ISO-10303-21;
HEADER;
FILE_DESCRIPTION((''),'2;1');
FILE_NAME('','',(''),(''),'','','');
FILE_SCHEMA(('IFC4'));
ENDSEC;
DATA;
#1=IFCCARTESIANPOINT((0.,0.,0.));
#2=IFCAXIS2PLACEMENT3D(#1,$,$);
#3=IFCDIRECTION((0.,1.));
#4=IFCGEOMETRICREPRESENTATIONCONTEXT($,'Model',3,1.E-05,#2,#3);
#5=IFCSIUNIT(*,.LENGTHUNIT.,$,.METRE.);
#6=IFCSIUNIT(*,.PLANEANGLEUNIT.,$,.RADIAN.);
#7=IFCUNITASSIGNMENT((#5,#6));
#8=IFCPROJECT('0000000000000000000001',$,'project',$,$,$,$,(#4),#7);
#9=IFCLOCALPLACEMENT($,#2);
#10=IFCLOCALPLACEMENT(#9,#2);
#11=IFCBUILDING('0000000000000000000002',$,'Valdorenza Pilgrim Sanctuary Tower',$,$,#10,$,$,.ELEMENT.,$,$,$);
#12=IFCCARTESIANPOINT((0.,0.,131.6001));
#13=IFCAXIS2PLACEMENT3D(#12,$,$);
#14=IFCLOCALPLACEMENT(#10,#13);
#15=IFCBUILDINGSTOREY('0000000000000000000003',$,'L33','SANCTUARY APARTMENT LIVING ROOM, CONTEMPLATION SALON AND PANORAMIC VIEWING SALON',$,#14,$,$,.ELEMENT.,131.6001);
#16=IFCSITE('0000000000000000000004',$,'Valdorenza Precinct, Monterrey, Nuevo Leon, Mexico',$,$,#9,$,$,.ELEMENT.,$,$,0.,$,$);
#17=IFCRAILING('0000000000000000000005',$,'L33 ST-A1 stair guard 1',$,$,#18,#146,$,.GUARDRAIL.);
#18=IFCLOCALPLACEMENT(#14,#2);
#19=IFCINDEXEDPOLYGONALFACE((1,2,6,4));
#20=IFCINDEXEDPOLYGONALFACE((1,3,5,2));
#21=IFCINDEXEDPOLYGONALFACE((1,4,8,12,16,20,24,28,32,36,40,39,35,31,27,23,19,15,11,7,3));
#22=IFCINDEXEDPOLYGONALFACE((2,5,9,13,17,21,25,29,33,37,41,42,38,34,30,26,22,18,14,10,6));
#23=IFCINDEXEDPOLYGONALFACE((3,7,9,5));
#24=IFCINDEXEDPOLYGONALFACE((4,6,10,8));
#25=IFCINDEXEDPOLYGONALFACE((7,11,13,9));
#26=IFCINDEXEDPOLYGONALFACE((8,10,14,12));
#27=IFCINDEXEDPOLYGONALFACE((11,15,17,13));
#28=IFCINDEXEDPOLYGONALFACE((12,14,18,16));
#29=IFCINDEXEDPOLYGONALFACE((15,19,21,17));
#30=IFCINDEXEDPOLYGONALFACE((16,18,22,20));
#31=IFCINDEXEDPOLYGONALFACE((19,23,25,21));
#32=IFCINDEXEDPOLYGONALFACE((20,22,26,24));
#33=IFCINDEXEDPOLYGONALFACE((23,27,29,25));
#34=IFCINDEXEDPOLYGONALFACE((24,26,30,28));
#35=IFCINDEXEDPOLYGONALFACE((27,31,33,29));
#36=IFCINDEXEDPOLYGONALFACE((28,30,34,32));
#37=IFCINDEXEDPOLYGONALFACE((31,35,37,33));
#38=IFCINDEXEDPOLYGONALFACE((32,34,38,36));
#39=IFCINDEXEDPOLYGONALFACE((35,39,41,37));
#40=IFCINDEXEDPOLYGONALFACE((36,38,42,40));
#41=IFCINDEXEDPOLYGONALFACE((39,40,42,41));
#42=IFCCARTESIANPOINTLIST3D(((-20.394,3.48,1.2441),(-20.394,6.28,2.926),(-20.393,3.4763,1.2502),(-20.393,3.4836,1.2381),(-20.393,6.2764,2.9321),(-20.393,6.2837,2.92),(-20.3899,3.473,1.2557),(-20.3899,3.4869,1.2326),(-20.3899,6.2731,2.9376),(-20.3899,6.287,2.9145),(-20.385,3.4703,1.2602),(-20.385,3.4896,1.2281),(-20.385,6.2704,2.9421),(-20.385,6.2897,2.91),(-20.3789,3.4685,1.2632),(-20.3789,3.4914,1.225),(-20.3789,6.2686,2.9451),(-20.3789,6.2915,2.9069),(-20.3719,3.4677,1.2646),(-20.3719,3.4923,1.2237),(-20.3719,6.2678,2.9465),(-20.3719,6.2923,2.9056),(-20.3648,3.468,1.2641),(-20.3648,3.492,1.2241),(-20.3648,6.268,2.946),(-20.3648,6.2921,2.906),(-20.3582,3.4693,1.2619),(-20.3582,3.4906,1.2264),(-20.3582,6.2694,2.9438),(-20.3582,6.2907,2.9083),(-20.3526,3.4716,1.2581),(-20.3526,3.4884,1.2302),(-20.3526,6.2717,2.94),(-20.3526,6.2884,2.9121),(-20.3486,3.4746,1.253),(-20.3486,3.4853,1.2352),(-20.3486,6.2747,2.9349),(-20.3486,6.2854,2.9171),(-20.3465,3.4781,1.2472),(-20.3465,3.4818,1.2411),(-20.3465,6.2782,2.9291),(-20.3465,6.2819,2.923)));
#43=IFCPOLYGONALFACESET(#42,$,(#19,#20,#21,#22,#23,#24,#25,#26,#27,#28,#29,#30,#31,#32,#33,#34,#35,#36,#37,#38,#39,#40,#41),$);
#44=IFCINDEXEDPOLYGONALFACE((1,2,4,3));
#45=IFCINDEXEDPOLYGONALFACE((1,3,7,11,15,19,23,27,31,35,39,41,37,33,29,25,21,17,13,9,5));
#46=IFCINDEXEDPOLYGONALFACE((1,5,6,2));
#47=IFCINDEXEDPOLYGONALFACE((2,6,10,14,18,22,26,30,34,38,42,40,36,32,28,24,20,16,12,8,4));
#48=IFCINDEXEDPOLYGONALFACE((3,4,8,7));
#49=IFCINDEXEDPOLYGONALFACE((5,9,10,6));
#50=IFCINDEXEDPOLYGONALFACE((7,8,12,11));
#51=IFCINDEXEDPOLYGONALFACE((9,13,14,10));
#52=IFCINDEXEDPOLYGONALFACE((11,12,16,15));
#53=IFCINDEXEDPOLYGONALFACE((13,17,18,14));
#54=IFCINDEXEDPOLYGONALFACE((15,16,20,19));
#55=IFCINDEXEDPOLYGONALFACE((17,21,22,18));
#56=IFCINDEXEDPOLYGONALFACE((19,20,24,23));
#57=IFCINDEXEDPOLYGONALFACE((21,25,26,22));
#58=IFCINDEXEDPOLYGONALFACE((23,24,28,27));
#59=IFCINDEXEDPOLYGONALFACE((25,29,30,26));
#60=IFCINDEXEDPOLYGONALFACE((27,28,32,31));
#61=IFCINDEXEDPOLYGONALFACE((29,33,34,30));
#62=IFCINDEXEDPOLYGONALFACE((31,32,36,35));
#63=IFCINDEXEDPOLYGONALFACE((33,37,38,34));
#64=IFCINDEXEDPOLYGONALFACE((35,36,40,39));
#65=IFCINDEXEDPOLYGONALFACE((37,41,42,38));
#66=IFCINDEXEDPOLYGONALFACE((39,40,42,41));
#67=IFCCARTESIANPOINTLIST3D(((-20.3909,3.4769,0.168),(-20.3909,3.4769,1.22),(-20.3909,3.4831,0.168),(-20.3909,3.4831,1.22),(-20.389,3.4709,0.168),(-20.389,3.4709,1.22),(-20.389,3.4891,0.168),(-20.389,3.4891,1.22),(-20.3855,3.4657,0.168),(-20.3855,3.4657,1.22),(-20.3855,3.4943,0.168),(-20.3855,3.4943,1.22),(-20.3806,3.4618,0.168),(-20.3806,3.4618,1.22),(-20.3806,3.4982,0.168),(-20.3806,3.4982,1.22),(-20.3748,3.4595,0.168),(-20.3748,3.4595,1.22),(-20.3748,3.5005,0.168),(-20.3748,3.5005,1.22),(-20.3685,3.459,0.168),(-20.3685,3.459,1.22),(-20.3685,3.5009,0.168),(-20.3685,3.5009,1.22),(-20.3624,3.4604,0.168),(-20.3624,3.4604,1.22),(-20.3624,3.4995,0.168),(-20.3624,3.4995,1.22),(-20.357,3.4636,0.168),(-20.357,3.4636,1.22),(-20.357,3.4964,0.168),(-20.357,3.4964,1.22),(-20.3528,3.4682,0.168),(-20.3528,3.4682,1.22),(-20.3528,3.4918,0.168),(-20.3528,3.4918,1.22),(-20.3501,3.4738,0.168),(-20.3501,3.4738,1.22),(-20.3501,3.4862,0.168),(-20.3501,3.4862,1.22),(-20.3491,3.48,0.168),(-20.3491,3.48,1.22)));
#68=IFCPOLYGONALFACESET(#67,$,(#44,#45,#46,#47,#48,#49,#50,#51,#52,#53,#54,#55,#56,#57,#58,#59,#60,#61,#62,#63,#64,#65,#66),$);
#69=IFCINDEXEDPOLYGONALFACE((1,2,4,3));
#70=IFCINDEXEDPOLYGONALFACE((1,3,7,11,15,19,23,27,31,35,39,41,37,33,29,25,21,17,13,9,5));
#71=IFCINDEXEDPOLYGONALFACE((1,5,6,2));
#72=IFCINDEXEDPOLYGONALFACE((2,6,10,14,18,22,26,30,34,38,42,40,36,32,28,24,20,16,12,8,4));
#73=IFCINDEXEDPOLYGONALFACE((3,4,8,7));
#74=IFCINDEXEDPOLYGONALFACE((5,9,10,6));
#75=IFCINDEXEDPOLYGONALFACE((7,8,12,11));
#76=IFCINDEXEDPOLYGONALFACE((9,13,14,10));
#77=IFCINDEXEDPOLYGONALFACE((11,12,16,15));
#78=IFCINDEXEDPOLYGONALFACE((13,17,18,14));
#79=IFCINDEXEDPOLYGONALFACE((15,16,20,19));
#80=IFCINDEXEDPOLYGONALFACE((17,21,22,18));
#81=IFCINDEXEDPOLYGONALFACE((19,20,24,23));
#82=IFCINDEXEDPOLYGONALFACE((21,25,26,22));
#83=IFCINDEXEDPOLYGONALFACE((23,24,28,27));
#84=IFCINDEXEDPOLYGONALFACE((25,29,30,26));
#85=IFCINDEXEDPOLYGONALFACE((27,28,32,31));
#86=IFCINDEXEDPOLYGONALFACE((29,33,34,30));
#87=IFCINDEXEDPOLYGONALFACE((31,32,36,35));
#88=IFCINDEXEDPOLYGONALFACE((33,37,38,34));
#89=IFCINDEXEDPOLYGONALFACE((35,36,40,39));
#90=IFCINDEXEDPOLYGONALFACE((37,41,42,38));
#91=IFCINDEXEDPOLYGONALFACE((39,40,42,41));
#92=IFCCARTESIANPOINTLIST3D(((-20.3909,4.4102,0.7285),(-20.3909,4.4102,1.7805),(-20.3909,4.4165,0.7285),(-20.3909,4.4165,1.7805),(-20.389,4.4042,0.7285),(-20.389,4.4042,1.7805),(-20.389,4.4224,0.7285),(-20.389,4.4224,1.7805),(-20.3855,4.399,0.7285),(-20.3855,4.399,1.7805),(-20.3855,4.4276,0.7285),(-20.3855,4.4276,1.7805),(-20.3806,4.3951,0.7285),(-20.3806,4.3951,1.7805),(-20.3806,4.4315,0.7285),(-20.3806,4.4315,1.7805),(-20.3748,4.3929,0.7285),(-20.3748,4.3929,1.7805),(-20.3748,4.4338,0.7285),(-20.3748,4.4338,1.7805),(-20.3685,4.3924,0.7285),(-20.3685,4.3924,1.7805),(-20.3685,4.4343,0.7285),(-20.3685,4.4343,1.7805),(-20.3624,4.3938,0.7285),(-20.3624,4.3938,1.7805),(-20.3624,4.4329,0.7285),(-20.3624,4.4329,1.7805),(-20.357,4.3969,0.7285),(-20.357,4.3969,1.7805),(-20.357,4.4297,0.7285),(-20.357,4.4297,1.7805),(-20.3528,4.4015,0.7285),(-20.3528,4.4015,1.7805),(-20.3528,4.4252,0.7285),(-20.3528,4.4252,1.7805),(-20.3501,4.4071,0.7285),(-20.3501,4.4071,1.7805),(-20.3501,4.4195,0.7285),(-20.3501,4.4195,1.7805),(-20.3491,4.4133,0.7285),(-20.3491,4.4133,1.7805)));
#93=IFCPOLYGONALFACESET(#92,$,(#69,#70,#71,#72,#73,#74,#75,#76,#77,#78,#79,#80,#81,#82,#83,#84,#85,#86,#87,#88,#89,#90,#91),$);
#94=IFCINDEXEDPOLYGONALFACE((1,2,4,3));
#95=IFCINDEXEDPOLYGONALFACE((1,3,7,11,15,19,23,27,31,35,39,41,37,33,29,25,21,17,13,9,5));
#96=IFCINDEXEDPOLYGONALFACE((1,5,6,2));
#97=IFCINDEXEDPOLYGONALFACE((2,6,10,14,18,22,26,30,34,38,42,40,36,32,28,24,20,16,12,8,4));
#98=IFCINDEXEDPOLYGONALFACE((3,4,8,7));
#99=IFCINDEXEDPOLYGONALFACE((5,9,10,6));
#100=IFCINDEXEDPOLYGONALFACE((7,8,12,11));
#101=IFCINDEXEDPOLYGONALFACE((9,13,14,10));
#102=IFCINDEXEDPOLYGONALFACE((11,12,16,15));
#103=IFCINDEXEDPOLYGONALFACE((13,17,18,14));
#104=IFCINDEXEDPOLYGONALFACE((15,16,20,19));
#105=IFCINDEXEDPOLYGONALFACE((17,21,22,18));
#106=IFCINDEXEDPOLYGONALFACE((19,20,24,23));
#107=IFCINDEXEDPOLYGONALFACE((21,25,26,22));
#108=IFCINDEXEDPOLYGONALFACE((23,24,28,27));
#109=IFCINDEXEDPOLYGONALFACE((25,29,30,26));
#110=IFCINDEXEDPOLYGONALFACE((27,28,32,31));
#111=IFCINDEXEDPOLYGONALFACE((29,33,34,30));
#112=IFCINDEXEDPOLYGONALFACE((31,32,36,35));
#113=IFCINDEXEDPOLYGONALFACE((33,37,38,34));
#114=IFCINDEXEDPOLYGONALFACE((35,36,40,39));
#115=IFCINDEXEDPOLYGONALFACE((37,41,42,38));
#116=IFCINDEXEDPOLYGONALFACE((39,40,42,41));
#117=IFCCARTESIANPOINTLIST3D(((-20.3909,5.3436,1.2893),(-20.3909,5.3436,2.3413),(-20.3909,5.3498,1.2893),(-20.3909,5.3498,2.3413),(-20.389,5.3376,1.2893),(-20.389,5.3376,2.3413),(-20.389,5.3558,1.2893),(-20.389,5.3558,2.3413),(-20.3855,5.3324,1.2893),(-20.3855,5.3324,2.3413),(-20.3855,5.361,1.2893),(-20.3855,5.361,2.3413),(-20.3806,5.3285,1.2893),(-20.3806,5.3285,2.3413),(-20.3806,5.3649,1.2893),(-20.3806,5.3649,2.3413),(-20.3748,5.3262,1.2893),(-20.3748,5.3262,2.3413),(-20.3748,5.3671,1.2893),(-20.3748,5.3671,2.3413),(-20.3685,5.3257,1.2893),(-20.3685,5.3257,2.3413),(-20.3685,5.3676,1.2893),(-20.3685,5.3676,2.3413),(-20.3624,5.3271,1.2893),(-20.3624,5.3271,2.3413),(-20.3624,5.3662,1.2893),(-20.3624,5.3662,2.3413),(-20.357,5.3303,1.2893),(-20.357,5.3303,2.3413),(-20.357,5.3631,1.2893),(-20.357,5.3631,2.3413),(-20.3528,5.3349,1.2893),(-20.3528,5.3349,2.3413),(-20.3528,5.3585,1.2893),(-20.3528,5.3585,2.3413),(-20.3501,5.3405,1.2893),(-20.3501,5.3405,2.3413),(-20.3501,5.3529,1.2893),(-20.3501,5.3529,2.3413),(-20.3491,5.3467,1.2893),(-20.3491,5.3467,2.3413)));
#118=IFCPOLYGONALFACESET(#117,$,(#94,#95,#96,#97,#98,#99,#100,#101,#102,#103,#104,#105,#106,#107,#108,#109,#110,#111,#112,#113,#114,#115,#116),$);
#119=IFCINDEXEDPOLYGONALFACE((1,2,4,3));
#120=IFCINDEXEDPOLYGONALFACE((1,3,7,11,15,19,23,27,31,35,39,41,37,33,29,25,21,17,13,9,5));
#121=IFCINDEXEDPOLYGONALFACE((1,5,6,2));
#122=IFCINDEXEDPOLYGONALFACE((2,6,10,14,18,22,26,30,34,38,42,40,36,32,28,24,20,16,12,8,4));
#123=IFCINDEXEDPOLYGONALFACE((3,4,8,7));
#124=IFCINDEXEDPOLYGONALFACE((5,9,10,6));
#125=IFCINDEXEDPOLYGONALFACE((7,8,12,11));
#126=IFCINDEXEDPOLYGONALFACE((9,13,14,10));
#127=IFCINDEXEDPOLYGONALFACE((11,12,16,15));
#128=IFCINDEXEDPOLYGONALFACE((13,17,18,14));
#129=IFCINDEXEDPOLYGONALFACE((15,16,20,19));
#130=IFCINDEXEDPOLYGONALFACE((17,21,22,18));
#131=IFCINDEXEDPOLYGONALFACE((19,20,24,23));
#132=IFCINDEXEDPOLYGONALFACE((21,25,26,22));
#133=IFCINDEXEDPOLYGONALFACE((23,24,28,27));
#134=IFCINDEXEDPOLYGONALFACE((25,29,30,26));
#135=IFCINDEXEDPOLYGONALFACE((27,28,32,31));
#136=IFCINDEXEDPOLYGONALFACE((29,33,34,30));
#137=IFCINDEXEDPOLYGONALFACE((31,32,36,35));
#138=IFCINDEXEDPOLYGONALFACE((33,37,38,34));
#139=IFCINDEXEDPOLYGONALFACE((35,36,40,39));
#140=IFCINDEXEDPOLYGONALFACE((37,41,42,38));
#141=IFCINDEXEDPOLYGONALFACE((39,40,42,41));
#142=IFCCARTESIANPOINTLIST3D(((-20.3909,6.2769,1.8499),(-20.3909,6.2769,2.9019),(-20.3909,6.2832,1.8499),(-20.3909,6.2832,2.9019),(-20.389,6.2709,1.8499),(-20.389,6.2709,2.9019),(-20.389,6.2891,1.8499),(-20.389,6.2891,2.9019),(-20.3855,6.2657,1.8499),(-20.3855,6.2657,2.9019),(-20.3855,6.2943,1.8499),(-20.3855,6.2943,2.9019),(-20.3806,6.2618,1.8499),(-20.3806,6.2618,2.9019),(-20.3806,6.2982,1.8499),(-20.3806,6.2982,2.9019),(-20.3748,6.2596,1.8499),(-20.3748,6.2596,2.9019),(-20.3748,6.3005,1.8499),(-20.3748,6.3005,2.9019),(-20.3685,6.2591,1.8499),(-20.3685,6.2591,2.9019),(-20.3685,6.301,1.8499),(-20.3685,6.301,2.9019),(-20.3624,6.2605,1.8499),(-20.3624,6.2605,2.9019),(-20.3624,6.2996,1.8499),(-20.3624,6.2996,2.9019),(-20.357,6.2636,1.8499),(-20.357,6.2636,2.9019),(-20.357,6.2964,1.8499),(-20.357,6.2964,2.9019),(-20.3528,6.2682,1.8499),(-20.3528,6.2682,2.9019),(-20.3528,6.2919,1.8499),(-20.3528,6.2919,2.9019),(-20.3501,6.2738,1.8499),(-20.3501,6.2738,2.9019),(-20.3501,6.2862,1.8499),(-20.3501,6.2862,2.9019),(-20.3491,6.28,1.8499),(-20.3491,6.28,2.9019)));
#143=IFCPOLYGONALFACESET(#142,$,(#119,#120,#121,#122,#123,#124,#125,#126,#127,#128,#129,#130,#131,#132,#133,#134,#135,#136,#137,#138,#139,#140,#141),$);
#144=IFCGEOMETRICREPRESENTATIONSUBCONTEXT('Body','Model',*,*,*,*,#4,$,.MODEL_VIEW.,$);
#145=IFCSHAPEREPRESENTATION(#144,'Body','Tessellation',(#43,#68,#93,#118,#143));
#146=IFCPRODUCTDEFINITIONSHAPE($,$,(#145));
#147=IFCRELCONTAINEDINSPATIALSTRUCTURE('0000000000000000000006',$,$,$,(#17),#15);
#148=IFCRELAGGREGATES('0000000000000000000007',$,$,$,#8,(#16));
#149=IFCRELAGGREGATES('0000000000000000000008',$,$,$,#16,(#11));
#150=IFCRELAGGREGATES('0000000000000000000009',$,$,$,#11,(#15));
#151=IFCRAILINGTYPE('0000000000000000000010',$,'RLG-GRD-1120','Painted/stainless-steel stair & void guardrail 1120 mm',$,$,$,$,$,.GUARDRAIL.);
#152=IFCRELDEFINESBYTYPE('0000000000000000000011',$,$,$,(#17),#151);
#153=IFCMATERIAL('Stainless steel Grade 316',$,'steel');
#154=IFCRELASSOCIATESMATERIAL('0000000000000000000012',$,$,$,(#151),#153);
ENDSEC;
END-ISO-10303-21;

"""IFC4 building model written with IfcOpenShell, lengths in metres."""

from ifc_helpers import new_model, si_unit, direction, frame, origin, origin_2d, place, context, subcontext, project, spatial, circle, extrude, material, type_object, element, save


model = new_model("IFC4")

# Units and contexts
model_context = context("Model", 3, precision=1e-05, world=origin(), true_north=direction((0.0, 1.0)))
body_context = subcontext(model_context, "Body", "Model", "MODEL_VIEW")
ifc_project = project(units=[si_unit("LENGTHUNIT", "METRE"), si_unit("PLANEANGLEUNIT", "RADIAN")], contexts=[model_context])

# Site, building, storey
site_placement = place(None, origin())
site = spatial("IfcSite", under=ifc_project, at=site_placement, Name="Valdorenza Precinct, Monterrey, Nuevo Leon, Mexico", CompositionType="ELEMENT", RefElevation=0.0)
building_placement = place(site_placement, origin())
building = spatial("IfcBuilding", under=site, at=building_placement, Name="Valdorenza Pilgrim Sanctuary Tower", CompositionType="ELEMENT")
storey_placement = place(building_placement, frame((0.0, 0.0, 131.6001)))
storey = spatial("IfcBuildingStorey", under=building, at=storey_placement, Name="L33", Description="SANCTUARY APARTMENT LIVING ROOM, CONTEMPLATION SALON AND PANORAMIC VIEWING SALON", CompositionType="ELEMENT", Elevation=131.6001)

# Railing
ifc_material_1 = material(Name="Stainless steel Grade 316", Category="steel")
railing_type_1 = type_object("IfcRailingType", Name="RLG-GRD-1120", Description="Painted/stainless-steel stair & void guardrail 1120 mm", PredefinedType="GUARDRAIL", material=ifc_material_1)
railing_1_placement = place(storey_placement, frame((-20.3701, 3.48, 0.168)))
element("IfcRailing", 1, at=railing_1_placement, inside=storey, type_object=railing_type_1, Name="L33 ST-A1 stair guard 1", PredefinedType="GUARDRAIL", context=body_context, shape_type="SweptSolid", body=[
    extrude(circle(Radius=0.0239, at=origin_2d()), frame((0.0, 0.0, 1.0762), z_axis=(0.0, 0.857242, 0.514913), x_axis=(-1.0, 0.0, 0.0)), (0.0, 0.0, 1.0), 3.2664),
    extrude(circle(Radius=0.021, at=origin_2d()), origin(), (0.0, 0.0, 1.0), 1.052),
    extrude(circle(Radius=0.021, at=origin_2d()), frame((0.0, 0.9333, 0.5605)), (0.0, 0.0, 1.0), 1.052),
    extrude(circle(Radius=0.021, at=origin_2d()), frame((0.0, 1.8667, 1.1213)), (0.0, 0.0, 1.0), 1.052),
    extrude(circle(Radius=0.021, at=origin_2d()), frame((0.0, 2.8, 1.6819)), (0.0, 0.0, 1.0), 1.052),
])

save(model, "model.ifc")
